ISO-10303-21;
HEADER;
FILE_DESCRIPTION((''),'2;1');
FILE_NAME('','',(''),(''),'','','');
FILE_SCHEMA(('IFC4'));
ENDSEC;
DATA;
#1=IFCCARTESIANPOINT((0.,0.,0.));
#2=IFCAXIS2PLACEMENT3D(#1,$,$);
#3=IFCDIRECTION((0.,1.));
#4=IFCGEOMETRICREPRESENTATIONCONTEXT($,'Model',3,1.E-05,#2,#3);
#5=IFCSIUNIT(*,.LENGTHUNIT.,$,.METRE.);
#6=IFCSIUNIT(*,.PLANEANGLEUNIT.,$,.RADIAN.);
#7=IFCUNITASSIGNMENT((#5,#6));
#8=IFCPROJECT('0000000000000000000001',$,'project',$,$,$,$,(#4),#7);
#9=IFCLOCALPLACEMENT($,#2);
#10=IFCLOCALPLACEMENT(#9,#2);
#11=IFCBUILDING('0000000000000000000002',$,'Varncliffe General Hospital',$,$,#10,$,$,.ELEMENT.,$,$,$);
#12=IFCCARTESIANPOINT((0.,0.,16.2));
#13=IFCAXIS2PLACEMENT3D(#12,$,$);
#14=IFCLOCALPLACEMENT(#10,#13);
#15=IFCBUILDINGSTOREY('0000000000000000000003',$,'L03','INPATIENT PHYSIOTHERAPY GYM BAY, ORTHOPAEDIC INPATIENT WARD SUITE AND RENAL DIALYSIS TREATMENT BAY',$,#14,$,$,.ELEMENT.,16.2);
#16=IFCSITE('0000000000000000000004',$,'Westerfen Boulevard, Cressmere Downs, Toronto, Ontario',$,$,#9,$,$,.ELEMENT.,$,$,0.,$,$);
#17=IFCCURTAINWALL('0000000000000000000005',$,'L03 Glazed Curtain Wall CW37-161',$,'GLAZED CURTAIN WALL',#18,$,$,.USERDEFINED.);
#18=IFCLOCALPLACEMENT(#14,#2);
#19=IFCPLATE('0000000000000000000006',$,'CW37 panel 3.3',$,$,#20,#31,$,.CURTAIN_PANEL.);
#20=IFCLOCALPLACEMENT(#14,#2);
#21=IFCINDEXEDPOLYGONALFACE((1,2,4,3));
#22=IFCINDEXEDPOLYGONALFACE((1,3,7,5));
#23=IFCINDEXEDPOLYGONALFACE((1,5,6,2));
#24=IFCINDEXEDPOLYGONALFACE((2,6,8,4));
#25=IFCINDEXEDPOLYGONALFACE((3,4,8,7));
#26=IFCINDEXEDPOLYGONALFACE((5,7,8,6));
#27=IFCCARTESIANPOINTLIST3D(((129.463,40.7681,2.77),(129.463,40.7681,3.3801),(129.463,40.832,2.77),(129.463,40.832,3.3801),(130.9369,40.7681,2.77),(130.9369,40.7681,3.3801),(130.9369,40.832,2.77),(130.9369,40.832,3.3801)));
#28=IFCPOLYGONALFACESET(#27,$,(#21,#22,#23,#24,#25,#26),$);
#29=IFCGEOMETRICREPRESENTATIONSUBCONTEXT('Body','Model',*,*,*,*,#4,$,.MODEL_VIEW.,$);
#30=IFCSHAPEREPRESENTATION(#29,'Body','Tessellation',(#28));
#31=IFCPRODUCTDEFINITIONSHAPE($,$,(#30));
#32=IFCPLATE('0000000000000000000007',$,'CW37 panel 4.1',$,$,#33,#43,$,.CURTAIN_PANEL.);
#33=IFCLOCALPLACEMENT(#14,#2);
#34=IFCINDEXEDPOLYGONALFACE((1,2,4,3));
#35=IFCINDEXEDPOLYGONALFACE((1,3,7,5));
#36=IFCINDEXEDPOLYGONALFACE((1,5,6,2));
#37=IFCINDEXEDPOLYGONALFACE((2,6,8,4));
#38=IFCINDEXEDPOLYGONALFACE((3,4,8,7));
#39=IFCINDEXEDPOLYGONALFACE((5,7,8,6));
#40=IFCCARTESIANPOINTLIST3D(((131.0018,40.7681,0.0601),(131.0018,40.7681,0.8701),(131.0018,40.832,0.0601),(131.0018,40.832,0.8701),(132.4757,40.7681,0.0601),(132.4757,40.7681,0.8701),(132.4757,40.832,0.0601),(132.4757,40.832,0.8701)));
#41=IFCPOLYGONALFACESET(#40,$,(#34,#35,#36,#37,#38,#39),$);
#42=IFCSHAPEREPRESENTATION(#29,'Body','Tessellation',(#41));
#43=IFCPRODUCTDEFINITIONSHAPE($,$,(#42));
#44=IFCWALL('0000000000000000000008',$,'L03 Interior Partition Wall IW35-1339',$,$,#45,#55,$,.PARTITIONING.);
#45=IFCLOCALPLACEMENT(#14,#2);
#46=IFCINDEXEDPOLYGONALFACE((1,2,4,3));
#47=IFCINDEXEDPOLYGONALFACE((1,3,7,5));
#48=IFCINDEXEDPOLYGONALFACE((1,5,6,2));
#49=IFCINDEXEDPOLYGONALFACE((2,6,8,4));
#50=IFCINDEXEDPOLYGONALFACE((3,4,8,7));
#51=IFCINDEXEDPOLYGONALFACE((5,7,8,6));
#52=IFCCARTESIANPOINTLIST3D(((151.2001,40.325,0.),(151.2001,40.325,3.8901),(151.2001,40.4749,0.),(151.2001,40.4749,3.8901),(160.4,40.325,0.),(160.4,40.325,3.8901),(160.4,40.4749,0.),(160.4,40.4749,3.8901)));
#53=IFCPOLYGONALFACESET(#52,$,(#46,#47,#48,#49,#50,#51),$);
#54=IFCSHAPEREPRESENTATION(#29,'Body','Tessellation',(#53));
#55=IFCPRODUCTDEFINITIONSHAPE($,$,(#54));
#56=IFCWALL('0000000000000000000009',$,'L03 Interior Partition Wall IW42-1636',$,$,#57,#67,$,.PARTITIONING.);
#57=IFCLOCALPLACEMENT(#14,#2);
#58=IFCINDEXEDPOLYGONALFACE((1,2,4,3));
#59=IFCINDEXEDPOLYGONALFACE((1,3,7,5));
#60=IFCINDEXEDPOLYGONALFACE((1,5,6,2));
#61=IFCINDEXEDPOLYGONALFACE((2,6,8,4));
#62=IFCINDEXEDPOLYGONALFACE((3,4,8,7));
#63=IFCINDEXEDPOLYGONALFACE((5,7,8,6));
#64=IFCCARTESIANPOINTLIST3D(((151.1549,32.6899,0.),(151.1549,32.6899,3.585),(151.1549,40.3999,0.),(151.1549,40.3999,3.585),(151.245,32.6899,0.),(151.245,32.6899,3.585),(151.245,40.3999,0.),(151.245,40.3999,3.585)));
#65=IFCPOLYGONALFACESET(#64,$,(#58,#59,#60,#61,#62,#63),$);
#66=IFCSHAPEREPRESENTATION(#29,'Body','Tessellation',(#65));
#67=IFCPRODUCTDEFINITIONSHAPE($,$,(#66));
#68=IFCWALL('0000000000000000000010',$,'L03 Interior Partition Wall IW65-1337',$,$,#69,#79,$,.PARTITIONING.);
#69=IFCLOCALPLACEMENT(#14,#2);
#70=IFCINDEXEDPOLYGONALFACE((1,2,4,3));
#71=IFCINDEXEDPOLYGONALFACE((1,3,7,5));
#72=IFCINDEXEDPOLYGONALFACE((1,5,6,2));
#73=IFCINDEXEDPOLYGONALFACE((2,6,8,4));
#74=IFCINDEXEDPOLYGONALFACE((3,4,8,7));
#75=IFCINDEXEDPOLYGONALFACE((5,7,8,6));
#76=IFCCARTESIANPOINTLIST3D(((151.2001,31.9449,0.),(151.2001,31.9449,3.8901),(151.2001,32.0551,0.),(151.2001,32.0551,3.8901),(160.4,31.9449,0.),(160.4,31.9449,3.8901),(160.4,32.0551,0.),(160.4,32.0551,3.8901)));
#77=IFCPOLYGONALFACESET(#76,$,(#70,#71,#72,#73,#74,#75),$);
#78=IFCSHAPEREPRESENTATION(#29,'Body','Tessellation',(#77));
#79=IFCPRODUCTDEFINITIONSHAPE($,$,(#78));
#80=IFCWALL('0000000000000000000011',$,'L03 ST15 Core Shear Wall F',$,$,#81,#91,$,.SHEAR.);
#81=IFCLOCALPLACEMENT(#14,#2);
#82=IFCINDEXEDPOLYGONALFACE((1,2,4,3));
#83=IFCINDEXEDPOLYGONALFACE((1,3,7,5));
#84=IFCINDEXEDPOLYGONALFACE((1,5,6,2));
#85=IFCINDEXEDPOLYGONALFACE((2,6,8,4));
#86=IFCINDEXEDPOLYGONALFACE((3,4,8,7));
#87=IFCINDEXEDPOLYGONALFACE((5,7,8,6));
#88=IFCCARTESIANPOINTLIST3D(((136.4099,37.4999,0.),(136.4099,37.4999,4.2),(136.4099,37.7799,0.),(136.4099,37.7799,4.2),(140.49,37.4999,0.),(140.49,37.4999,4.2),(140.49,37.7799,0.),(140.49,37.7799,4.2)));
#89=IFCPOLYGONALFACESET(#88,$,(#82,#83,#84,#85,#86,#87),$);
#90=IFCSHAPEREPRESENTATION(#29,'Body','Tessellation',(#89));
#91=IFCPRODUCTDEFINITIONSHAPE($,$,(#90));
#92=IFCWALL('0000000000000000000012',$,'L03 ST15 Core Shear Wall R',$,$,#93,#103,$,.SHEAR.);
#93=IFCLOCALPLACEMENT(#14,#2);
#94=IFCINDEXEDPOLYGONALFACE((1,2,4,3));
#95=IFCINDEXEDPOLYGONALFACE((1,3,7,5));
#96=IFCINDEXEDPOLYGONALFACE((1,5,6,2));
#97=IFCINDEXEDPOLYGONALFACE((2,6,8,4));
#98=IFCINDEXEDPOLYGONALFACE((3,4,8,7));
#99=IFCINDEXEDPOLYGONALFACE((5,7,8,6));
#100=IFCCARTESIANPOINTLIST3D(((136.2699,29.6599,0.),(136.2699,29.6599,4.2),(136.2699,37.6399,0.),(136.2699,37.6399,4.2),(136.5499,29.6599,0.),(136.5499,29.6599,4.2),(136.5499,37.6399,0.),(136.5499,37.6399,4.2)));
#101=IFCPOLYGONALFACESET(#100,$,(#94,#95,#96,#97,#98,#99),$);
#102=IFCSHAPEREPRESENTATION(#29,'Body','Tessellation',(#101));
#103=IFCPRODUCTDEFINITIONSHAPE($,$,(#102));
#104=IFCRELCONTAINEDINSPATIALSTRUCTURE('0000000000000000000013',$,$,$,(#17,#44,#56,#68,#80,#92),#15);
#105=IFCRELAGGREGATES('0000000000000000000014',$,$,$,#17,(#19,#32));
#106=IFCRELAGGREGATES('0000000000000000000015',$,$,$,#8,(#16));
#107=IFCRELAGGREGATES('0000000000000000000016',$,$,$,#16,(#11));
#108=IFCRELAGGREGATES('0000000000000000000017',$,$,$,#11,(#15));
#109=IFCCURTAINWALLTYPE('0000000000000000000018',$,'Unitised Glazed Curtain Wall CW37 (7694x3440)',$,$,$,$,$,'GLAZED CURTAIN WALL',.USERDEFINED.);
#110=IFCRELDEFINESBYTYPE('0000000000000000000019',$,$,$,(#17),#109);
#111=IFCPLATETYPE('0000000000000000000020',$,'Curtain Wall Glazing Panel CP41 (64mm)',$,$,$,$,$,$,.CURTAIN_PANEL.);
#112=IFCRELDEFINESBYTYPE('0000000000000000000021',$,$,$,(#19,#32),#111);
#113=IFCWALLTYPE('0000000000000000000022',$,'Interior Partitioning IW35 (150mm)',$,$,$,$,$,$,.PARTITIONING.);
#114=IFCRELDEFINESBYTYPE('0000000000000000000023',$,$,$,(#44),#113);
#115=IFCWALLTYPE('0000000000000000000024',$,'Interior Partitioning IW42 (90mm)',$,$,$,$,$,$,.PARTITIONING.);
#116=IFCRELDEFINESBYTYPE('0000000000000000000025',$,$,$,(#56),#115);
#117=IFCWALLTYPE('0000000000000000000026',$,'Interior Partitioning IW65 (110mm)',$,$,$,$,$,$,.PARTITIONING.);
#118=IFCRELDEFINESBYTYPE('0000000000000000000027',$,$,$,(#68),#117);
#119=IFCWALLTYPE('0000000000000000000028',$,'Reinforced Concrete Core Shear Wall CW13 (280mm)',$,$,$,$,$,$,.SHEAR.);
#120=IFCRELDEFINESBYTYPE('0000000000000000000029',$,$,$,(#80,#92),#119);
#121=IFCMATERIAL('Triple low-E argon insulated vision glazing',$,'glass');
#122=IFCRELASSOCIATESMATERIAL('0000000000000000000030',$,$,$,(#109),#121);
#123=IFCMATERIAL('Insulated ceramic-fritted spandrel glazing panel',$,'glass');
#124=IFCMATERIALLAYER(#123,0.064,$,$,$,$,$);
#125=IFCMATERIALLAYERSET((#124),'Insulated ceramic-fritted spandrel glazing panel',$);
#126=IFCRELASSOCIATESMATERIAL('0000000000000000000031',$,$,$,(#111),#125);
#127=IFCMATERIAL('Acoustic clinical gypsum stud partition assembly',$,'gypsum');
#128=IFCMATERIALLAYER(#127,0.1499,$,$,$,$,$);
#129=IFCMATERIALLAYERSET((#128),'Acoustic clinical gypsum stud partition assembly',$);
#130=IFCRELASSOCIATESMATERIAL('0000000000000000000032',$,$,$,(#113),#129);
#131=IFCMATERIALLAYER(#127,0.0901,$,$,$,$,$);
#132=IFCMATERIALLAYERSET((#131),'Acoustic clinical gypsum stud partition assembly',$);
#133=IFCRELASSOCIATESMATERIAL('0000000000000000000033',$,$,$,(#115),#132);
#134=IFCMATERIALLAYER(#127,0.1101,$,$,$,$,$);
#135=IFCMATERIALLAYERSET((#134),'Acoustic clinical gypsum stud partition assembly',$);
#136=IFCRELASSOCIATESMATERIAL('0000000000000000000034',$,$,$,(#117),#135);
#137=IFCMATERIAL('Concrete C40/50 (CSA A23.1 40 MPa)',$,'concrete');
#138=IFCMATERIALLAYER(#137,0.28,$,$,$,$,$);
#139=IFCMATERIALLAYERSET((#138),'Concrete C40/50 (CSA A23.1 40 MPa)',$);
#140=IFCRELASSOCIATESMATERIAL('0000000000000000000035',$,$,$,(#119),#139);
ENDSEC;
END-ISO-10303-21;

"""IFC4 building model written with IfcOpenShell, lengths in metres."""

from ifc_helpers import new_model, si_unit, direction, frame, frame_2d, origin, origin_2d, place, context, subcontext, project, spatial, rectangle, extrude, material, layer, layer_set, type_object, element, aggregate, save


model = new_model("IFC4")

# Units and contexts
model_context = context("Model", 3, precision=1e-05, world=origin(), true_north=direction((0.0, 1.0)))
body_context = subcontext(model_context, "Body", "Model", "MODEL_VIEW")
ifc_project = project(units=[si_unit("LENGTHUNIT", "METRE"), si_unit("PLANEANGLEUNIT", "RADIAN")], contexts=[model_context])

# Site, building, storey
site_placement = place(None, origin())
site = spatial("IfcSite", under=ifc_project, at=site_placement, Name="Westerfen Boulevard, Cressmere Downs, Toronto, Ontario", CompositionType="ELEMENT", RefElevation=0.0)
building_placement = place(site_placement, origin())
building = spatial("IfcBuilding", under=site, at=building_placement, Name="Varncliffe General Hospital", CompositionType="ELEMENT")
storey_placement = place(building_placement, frame((0.0, 0.0, 16.2)))
storey = spatial("IfcBuildingStorey", under=building, at=storey_placement, Name="L03", Description="INPATIENT PHYSIOTHERAPY GYM BAY, ORTHOPAEDIC INPATIENT WARD SUITE AND RENAL DIALYSIS TREATMENT BAY", CompositionType="ELEMENT", Elevation=16.2)

# Shared definitions
ifc_material_1 = material(Name="Concrete C40/50 (CSA A23.1 40 MPa)", Category="concrete")

# Curtain wall, plates
ifc_material_2 = material(Name="Triple low-E argon insulated vision glazing", Category="glass")
curtain_wall_type = type_object("IfcCurtainWallType", Name="Unitised Glazed Curtain Wall CW37 (7694x3440)", ElementType="GLAZED CURTAIN WALL", PredefinedType="USERDEFINED", material=ifc_material_2)
curtain_wall_placement = place(storey_placement, origin())
curtain_wall = element("IfcCurtainWall", 1, at=curtain_wall_placement, inside=storey, type_object=curtain_wall_type, Name="L03 Glazed Curtain Wall CW37-161", ObjectType="GLAZED CURTAIN WALL", PredefinedType="USERDEFINED")
ifc_material_3 = material(Name="Insulated ceramic-fritted spandrel glazing panel", Category="glass")
ifc_layer_1 = layer(ifc_material_3, 0.064)
ifc_layer_set_1 = layer_set([ifc_layer_1], Name="Insulated ceramic-fritted spandrel glazing panel")
plate_type = type_object("IfcPlateType", Name="Curtain Wall Glazing Panel CP41 (64mm)", PredefinedType="CURTAIN_PANEL", material=ifc_layer_set_1)
plate_1_placement = place(storey_placement, frame((130.2, 40.8, 2.77), z_axis=(0.0, 0.0, 1.0), x_axis=(1.0, 0.0, 0.0)))
plate_1 = element("IfcPlate", 2, at=plate_1_placement, type_object=plate_type, Name="CW37 panel 3.3", PredefinedType="CURTAIN_PANEL", context=body_context, shape_type="SweptSolid", body=[
    extrude(rectangle(XDim=1.4739, YDim=0.064, at=origin_2d()), origin(), (0.0, 0.0, 1.0), 0.6101),
])
plate_2_placement = place(storey_placement, frame((131.7388, 40.8, 0.0601), z_axis=(0.0, 0.0, 1.0), x_axis=(1.0, 0.0, 0.0)))
plate_2 = element("IfcPlate", 3, at=plate_2_placement, type_object=plate_type, Name="CW37 panel 4.1", PredefinedType="CURTAIN_PANEL", context=body_context, shape_type="SweptSolid", body=[
    extrude(rectangle(XDim=1.4739, YDim=0.064, at=origin_2d()), origin(), (0.0, 0.0, 1.0), 0.8101),
])
aggregate(curtain_wall, [plate_1, plate_2])

# Walls
ifc_material_4 = material(Name="Acoustic clinical gypsum stud partition assembly", Category="gypsum")
ifc_layer_2 = layer(ifc_material_4, 0.1499)
ifc_layer_set_2 = layer_set([ifc_layer_2], Name="Acoustic clinical gypsum stud partition assembly")
wall_type_1 = type_object("IfcWallType", Name="Interior Partitioning IW35 (150mm)", PredefinedType="PARTITIONING", material=ifc_layer_set_2)
wall_1_placement = place(storey_placement, frame((151.2, 40.3999, 0.0), z_axis=(0.0, 0.0, 1.0), x_axis=(1.0, 0.0, 0.0)))
element("IfcWall", 4, at=wall_1_placement, inside=storey, type_object=wall_type_1, Name="L03 Interior Partition Wall IW35-1339", PredefinedType="PARTITIONING", context=body_context, shape_type="SweptSolid", body=[
    extrude(rectangle(XDim=9.2, YDim=0.1499, at=frame_2d((4.6001, 0.0))), origin(), (0.0, 0.0, 1.0), 3.8901),
])
ifc_layer_3 = layer(ifc_material_4, 0.0901)
ifc_layer_set_3 = layer_set([ifc_layer_3], Name="Acoustic clinical gypsum stud partition assembly")
wall_type_2 = type_object("IfcWallType", Name="Interior Partitioning IW42 (90mm)", PredefinedType="PARTITIONING", material=ifc_layer_set_3)
wall_2_placement = place(storey_placement, frame((151.2, 32.6899, 0.0), z_axis=(0.0, 0.0, 1.0), x_axis=(0.0, 1.0, 0.0)))
element("IfcWall", 5, at=wall_2_placement, inside=storey, type_object=wall_type_2, Name="L03 Interior Partition Wall IW42-1636", PredefinedType="PARTITIONING", context=body_context, shape_type="SweptSolid", body=[
    extrude(rectangle(XDim=7.71, YDim=0.0901, at=frame_2d((3.855, 0.0))), origin(), (0.0, 0.0, 1.0), 3.585),
])
ifc_layer_4 = layer(ifc_material_4, 0.1101)
ifc_layer_set_4 = layer_set([ifc_layer_4], Name="Acoustic clinical gypsum stud partition assembly")
wall_type_3 = type_object("IfcWallType", Name="Interior Partitioning IW65 (110mm)", PredefinedType="PARTITIONING", material=ifc_layer_set_4)
wall_3_placement = place(storey_placement, frame((151.2, 32.0, 0.0), z_axis=(0.0, 0.0, 1.0), x_axis=(1.0, 0.0, 0.0)))
element("IfcWall", 6, at=wall_3_placement, inside=storey, type_object=wall_type_3, Name="L03 Interior Partition Wall IW65-1337", PredefinedType="PARTITIONING", context=body_context, shape_type="SweptSolid", body=[
    extrude(rectangle(XDim=9.2, YDim=0.1101, at=frame_2d((4.6001, 0.0))), origin(), (0.0, 0.0, 1.0), 3.8901),
])
ifc_layer_5 = layer(ifc_material_1, 0.28)
ifc_layer_set_5 = layer_set([ifc_layer_5], Name="Concrete C40/50 (CSA A23.1 40 MPa)")
wall_type_4 = type_object("IfcWallType", Name="Reinforced Concrete Core Shear Wall CW13 (280mm)", PredefinedType="SHEAR", material=ifc_layer_set_5)
wall_4_placement = place(storey_placement, frame((140.49, 37.6399, 0.0), z_axis=(0.0, 0.0, 1.0), x_axis=(-1.0, 0.0, 0.0)))
element("IfcWall", 7, at=wall_4_placement, inside=storey, type_object=wall_type_4, Name="L03 ST15 Core Shear Wall F", PredefinedType="SHEAR", context=body_context, shape_type="SweptSolid", body=[
    extrude(rectangle(XDim=4.0801, YDim=0.28, at=frame_2d((2.04, 0.0))), origin(), (0.0, 0.0, 1.0), 4.2),
])
wall_5_placement = place(storey_placement, frame((136.4099, 37.6399, 0.0), z_axis=(0.0, 0.0, 1.0), x_axis=(0.0, -1.0, 0.0)))
element("IfcWall", 8, at=wall_5_placement, inside=storey, type_object=wall_type_4, Name="L03 ST15 Core Shear Wall R", PredefinedType="SHEAR", context=body_context, shape_type="SweptSolid", body=[
    extrude(rectangle(XDim=7.98, YDim=0.28, at=frame_2d((3.99, 0.0))), origin(), (0.0, 0.0, 1.0), 4.2),
])

save(model, "model.ifc")
